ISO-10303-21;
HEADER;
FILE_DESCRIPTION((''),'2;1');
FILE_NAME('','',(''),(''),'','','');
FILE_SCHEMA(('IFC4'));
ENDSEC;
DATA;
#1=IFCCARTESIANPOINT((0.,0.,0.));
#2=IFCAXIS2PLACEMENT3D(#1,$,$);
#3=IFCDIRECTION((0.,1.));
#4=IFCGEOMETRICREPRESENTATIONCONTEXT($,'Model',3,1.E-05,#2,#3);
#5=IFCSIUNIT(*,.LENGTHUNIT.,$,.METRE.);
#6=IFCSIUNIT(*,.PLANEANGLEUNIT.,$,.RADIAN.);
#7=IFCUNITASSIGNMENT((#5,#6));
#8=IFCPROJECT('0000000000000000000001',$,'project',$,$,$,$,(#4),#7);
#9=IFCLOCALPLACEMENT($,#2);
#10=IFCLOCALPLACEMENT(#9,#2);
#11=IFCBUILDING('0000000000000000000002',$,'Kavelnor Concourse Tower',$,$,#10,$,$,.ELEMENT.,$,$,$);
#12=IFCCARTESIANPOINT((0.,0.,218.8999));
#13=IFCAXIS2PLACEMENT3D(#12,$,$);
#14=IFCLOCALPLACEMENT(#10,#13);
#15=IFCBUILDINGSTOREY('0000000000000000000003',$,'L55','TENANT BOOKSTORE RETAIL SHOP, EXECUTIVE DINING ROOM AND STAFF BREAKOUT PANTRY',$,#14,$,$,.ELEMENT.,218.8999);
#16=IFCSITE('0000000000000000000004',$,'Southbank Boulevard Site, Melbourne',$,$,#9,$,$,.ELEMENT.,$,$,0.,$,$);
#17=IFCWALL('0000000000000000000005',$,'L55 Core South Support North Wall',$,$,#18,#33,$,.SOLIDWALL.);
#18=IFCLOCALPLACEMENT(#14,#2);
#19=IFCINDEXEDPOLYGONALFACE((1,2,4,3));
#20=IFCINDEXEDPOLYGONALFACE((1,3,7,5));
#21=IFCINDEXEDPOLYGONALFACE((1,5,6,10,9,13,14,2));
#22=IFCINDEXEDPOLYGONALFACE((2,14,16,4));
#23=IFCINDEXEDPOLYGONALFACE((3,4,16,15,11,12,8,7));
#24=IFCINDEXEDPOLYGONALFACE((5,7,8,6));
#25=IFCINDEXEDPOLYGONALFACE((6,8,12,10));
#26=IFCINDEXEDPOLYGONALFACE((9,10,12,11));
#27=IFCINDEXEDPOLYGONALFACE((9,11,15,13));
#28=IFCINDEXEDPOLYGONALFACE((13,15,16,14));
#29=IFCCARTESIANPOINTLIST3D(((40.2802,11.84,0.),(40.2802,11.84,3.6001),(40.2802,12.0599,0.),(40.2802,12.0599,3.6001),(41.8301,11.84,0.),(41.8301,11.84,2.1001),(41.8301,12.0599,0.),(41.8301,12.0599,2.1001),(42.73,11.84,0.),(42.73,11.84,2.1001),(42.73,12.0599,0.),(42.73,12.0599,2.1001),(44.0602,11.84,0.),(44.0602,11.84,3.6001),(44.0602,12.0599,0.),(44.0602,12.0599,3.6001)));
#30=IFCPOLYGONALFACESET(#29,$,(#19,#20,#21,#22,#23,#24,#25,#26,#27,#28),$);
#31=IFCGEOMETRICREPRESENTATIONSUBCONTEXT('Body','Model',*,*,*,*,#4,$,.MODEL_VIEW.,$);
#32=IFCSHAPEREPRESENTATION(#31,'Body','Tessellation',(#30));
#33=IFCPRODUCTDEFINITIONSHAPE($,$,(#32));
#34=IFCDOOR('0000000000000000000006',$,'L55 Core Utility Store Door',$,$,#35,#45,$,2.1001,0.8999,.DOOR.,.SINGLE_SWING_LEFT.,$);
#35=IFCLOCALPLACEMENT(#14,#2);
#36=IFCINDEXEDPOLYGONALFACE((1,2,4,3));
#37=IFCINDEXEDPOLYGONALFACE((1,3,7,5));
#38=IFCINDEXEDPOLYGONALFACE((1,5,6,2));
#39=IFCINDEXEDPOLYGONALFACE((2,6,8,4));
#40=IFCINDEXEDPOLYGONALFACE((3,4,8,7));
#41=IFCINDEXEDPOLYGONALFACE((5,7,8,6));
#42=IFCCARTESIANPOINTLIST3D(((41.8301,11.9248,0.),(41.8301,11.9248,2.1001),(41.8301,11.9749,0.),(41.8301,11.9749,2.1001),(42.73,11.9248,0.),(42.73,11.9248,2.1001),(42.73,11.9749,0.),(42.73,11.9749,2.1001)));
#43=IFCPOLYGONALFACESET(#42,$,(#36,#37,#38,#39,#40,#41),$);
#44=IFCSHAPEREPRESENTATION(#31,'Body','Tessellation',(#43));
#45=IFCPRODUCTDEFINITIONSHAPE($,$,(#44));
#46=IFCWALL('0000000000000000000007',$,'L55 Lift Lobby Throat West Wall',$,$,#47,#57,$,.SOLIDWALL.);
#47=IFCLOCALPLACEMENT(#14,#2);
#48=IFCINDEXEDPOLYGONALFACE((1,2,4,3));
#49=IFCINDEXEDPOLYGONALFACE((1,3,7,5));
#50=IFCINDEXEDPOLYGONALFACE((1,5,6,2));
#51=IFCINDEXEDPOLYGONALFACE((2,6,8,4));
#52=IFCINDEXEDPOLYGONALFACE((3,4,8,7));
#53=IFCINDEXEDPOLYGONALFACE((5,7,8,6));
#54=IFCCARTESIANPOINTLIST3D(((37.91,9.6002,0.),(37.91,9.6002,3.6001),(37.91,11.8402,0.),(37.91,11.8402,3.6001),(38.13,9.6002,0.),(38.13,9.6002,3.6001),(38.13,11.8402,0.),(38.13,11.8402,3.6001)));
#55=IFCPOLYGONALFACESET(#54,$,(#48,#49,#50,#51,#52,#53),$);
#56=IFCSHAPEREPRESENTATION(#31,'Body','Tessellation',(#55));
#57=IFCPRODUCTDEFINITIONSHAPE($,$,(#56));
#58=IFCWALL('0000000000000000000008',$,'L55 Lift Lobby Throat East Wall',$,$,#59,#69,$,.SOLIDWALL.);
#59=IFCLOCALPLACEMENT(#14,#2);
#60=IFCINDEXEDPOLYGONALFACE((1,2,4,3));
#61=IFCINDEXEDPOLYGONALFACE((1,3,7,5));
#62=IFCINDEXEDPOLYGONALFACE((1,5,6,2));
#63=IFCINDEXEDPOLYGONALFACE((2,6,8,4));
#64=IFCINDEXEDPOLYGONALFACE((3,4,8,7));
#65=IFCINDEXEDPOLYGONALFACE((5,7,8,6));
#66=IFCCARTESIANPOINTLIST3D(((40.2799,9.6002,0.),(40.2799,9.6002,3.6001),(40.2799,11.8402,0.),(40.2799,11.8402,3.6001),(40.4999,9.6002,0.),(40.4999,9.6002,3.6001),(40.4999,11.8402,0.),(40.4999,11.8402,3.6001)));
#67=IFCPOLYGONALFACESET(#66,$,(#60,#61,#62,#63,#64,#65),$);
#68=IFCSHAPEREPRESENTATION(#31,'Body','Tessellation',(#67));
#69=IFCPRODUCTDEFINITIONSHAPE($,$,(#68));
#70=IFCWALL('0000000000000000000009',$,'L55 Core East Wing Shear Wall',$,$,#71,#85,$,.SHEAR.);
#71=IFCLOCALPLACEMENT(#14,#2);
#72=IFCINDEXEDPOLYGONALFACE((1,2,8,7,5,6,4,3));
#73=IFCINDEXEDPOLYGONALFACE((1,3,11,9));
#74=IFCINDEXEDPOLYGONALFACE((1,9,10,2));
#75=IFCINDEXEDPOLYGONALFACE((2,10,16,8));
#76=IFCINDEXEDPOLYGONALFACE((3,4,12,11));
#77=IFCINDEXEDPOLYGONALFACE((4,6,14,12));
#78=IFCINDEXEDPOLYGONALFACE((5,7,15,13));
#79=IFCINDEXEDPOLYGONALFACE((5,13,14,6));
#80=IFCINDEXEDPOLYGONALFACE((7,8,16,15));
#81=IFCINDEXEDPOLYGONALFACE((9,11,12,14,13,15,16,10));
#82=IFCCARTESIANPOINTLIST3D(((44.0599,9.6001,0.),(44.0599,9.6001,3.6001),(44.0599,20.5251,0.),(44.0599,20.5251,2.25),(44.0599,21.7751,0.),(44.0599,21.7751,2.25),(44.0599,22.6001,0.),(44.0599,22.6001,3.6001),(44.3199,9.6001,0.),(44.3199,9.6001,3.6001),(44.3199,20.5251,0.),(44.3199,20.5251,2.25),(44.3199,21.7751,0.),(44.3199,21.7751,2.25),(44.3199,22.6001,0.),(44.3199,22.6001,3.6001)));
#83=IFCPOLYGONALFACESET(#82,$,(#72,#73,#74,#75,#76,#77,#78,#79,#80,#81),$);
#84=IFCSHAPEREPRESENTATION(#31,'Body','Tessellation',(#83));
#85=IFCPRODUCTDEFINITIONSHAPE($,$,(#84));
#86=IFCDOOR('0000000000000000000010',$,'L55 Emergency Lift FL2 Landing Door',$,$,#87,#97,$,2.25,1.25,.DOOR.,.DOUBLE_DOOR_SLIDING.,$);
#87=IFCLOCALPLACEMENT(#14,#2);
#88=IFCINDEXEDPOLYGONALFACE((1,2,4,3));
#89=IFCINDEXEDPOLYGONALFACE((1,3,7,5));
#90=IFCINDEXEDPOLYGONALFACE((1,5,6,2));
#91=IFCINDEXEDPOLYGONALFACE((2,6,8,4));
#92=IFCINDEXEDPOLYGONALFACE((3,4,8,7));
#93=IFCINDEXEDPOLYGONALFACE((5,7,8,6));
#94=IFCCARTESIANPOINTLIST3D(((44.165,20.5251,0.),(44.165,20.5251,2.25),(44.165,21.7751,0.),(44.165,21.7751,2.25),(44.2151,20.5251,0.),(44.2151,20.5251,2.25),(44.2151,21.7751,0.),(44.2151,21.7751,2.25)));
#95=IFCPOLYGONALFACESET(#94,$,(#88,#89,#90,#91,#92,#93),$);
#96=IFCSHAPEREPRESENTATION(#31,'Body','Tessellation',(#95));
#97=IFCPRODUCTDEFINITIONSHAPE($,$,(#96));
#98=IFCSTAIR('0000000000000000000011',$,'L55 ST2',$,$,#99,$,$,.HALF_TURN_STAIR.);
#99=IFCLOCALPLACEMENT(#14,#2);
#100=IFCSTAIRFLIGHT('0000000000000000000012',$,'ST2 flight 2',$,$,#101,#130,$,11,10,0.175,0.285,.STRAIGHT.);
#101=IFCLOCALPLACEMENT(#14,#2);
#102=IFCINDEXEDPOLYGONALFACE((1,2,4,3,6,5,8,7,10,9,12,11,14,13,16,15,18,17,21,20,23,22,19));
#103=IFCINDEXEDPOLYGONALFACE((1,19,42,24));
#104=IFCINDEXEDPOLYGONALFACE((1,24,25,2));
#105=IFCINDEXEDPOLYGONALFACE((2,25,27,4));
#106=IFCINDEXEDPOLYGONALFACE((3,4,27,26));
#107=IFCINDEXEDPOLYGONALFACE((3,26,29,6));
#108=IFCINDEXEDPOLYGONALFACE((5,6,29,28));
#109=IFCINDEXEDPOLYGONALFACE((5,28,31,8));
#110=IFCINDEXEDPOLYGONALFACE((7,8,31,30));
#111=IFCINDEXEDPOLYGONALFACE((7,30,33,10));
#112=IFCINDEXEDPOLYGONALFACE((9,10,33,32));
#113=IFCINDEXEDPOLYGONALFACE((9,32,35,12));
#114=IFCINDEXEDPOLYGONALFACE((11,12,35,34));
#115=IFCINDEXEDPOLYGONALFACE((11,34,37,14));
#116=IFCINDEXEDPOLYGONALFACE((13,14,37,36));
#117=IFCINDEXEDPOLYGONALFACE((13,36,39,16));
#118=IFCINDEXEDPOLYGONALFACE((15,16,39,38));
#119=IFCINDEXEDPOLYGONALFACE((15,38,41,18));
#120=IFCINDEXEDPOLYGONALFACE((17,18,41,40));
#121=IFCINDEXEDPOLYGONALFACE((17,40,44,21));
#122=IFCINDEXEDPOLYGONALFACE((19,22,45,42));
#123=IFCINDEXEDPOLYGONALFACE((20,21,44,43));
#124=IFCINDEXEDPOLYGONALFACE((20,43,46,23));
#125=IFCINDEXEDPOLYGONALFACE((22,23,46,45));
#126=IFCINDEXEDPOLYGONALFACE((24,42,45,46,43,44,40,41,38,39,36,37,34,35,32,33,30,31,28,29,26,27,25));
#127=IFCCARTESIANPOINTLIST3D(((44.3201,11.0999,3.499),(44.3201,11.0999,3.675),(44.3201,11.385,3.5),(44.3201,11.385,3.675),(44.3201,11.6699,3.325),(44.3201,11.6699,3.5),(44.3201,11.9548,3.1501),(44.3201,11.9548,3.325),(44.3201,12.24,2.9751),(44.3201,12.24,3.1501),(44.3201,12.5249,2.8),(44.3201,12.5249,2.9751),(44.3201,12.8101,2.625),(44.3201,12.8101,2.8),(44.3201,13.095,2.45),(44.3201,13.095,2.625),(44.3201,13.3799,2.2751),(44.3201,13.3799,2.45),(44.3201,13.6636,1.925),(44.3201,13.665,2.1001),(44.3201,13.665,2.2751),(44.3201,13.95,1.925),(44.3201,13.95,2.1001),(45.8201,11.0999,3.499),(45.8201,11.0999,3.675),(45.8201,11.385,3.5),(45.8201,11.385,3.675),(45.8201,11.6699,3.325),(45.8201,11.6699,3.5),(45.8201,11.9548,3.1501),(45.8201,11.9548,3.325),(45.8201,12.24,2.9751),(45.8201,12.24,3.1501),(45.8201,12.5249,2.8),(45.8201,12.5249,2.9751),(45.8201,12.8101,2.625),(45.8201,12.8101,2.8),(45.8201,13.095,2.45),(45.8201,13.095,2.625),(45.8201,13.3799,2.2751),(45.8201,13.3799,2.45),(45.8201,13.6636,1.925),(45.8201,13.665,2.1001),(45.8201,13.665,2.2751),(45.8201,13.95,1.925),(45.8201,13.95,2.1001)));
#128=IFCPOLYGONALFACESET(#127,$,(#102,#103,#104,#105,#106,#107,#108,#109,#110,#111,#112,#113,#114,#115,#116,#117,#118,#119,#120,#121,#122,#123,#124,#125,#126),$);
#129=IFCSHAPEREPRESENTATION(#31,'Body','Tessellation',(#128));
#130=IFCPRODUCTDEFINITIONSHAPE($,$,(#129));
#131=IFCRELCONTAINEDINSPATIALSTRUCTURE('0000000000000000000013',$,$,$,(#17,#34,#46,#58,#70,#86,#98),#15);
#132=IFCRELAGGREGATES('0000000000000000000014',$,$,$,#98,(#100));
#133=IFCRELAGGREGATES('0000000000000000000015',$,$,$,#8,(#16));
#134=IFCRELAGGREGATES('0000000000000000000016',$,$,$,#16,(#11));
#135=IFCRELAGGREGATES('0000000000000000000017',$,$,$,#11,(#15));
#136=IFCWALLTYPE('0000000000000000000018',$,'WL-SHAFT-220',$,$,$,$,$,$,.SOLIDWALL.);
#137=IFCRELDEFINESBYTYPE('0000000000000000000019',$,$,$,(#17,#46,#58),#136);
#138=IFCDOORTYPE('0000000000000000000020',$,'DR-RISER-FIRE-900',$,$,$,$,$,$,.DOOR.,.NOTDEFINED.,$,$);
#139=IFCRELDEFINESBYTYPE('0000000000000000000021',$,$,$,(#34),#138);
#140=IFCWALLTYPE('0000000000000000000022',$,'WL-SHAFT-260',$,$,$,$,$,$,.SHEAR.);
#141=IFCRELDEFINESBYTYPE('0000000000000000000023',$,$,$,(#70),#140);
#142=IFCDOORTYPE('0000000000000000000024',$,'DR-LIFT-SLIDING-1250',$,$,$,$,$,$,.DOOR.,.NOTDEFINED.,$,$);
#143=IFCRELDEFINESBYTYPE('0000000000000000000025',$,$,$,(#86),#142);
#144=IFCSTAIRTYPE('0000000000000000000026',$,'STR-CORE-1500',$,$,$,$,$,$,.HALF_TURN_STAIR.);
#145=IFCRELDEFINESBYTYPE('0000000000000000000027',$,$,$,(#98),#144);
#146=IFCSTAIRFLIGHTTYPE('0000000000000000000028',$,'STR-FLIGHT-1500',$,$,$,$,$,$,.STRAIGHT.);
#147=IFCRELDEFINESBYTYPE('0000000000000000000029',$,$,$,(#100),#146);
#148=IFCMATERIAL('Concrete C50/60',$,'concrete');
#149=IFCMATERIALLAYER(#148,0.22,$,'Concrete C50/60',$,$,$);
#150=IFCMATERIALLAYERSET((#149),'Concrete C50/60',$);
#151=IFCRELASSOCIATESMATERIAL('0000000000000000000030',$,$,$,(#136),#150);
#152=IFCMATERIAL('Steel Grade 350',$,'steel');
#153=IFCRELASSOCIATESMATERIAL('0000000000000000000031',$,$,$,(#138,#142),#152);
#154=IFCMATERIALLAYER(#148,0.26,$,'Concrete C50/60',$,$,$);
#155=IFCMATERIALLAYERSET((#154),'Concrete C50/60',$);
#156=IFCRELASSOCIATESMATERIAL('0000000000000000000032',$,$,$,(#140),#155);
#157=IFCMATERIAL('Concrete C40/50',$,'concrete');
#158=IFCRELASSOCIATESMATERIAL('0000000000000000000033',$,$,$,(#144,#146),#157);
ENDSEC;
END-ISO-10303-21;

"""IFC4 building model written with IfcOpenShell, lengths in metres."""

from ifc_helpers import new_model, si_unit, direction, frame, frame_2d, origin, place, context, subcontext, project, spatial, polyline, rectangle, outline, extrude, material, layer, layer_set, type_object, element, fill, aggregate, save


model = new_model("IFC4")

# Units and contexts
model_context = context("Model", 3, precision=1e-05, world=origin(), true_north=direction((0.0, 1.0)))
body_context = subcontext(model_context, "Body", "Model", "MODEL_VIEW")
ifc_project = project(units=[si_unit("LENGTHUNIT", "METRE"), si_unit("PLANEANGLEUNIT", "RADIAN")], contexts=[model_context])

# Site, building, storey
site_placement = place(None, origin())
site = spatial("IfcSite", under=ifc_project, at=site_placement, Name="Southbank Boulevard Site, Melbourne", CompositionType="ELEMENT", RefElevation=0.0)
building_placement = place(site_placement, origin())
building = spatial("IfcBuilding", under=site, at=building_placement, Name="Kavelnor Concourse Tower", CompositionType="ELEMENT")
storey_placement = place(building_placement, frame((0.0, 0.0, 218.8999)))
storey = spatial("IfcBuildingStorey", under=building, at=storey_placement, Name="L55", Description="TENANT BOOKSTORE RETAIL SHOP, EXECUTIVE DINING ROOM AND STAFF BREAKOUT PANTRY", CompositionType="ELEMENT", Elevation=218.8999)

# Shared definitions
ifc_material_1 = material(Name="Steel Grade 350", Category="steel")

# Shared definitions
ifc_material_2 = material(Name="Concrete C50/60", Category="concrete")
ifc_layer_1 = layer(ifc_material_2, 0.22, Name="Concrete C50/60")
ifc_layer_set_1 = layer_set([ifc_layer_1], Name="Concrete C50/60")
wall_type_1 = type_object("IfcWallType", Name="WL-SHAFT-220", PredefinedType="SOLIDWALL", material=ifc_layer_set_1)

# Wall, opening, door
wall_1_placement = place(storey_placement, frame((40.28, 11.95, 0.0), z_axis=(0.0, 0.0, 1.0), x_axis=(1.0, 0.0, 0.0)))
wall_1 = element("IfcWall", 1, at=wall_1_placement, inside=storey, type_object=wall_type_1, Name="L55 Core South Support North Wall", PredefinedType="SOLIDWALL", context=body_context, shape_type="SweptSolid", body=[
    extrude(rectangle(XDim=3.78, YDim=0.22, at=frame_2d((1.8901, 0.0))), origin(), (0.0, 0.0, 1.0), 3.6001),
])
opening_1_placement = place(wall_1_placement, frame((1.55, 0.0, 0.0)))
opening_1 = element("IfcOpeningElement", 2, at=opening_1_placement, cuts=wall_1, PredefinedType="OPENING", context=body_context, shape_type="SweptSolid", body=[
    extrude(rectangle(XDim=0.8999, YDim=2.1001, at=frame_2d((0.45, 1.05))), frame((0.0, 0.1201, 0.0), z_axis=(0.0, -1.0, 0.0), x_axis=(1.0, 0.0, 0.0)), (0.0, 0.0, 1.0), 0.24),
])
door_type_1 = type_object("IfcDoorType", Name="DR-RISER-FIRE-900", OperationType="NOTDEFINED", PredefinedType="DOOR", material=ifc_material_1)
door_1_placement = place(opening_1_placement, origin())
door_1 = element("IfcDoor", 3, at=door_1_placement, inside=storey, type_object=door_type_1, Name="L55 Core Utility Store Door", OperationType="SINGLE_SWING_LEFT", OverallHeight=2.1001, OverallWidth=0.8999, PredefinedType="DOOR", context=body_context, shape_type="SweptSolid", body=[
    extrude(rectangle(XDim=0.8999, YDim=2.1001, at=frame_2d((0.45, 1.05))), frame((0.0, 0.0249, 0.0), z_axis=(0.0, -1.0, 0.0), x_axis=(1.0, 0.0, 0.0)), (0.0, 0.0, 1.0), 0.05),
])
fill(opening_1, door_1)

# Walls
for number, where, z_axis, x_axis, name in (
    (4, (38.02, 9.6001, 0.0), (0.0, 0.0, 1.0), (0.0, 1.0, 0.0), "L55 Lift Lobby Throat West Wall"),
    (5, (40.3899, 9.6001, 0.0), (0.0, 0.0, 1.0), (0.0, 1.0, 0.0), "L55 Lift Lobby Throat East Wall"),
):
    element("IfcWall", number, at=place(storey_placement, frame(where, z_axis=z_axis, x_axis=x_axis)), inside=storey, type_object=wall_type_1, Name=name, PredefinedType="SOLIDWALL", context=body_context, shape_type="SweptSolid", body=[
        extrude(rectangle(XDim=2.24, YDim=0.22, at=frame_2d((1.1201, 0.0))), origin(), (0.0, 0.0, 1.0), 3.6001),
    ])

# Wall, opening, door
ifc_layer_2 = layer(ifc_material_2, 0.26, Name="Concrete C50/60")
ifc_layer_set_2 = layer_set([ifc_layer_2], Name="Concrete C50/60")
wall_type_2 = type_object("IfcWallType", Name="WL-SHAFT-260", PredefinedType="SHEAR", material=ifc_layer_set_2)
wall_2_placement = place(storey_placement, frame((44.1899, 9.6001, 0.0), z_axis=(0.0, 0.0, 1.0), x_axis=(0.0, 1.0, 0.0)))
wall_2 = element("IfcWall", 6, at=wall_2_placement, inside=storey, type_object=wall_type_2, Name="L55 Core East Wing Shear Wall", PredefinedType="SHEAR", context=body_context, shape_type="SweptSolid", body=[
    extrude(rectangle(XDim=13.0, YDim=0.26, at=frame_2d((6.5, 0.0))), origin(), (0.0, 0.0, 1.0), 3.6001),
])
opening_2_placement = place(wall_2_placement, frame((10.925, 0.0, 0.0)))
opening_2 = element("IfcOpeningElement", 7, at=opening_2_placement, cuts=wall_2, PredefinedType="OPENING", context=body_context, shape_type="SweptSolid", body=[
    extrude(rectangle(XDim=1.25, YDim=2.25, at=frame_2d((0.625, 1.125))), frame((0.0, 0.1401, 0.0), z_axis=(0.0, -1.0, 0.0), x_axis=(1.0, 0.0, 0.0)), (0.0, 0.0, 1.0), 0.28),
])
door_type_2 = type_object("IfcDoorType", Name="DR-LIFT-SLIDING-1250", OperationType="NOTDEFINED", PredefinedType="DOOR", material=ifc_material_1)
door_2_placement = place(opening_2_placement, origin())
door_2 = element("IfcDoor", 8, at=door_2_placement, inside=storey, type_object=door_type_2, Name="L55 Emergency Lift FL2 Landing Door", OperationType="DOUBLE_DOOR_SLIDING", OverallHeight=2.25, OverallWidth=1.25, PredefinedType="DOOR", context=body_context, shape_type="SweptSolid", body=[
    extrude(rectangle(XDim=1.25, YDim=2.25, at=frame_2d((0.625, 1.125))), frame((0.0, 0.0249, 0.0), z_axis=(0.0, -1.0, 0.0), x_axis=(1.0, 0.0, 0.0)), (0.0, 0.0, 1.0), 0.05),
])
fill(opening_2, door_2)

# Stair, stair flight
ifc_material_3 = material(Name="Concrete C40/50", Category="concrete")
stair_type = type_object("IfcStairType", Name="STR-CORE-1500", PredefinedType="HALF_TURN_STAIR", material=ifc_material_3)
stair_placement = place(storey_placement, origin())
stair = element("IfcStair", 9, at=stair_placement, inside=storey, type_object=stair_type, Name="L55 ST2", PredefinedType="HALF_TURN_STAIR")
stair_flight_type = type_object("IfcStairFlightType", Name="STR-FLIGHT-1500", PredefinedType="STRAIGHT", material=ifc_material_3)
stair_flight_placement = place(storey_placement, frame((45.0701, 13.95, 1.925), z_axis=(0.0, 0.0, 1.0), x_axis=(0.0, -1.0, 0.0)))
stair_flight = element("IfcStairFlight", 10, at=stair_flight_placement, type_object=stair_flight_type, Name="ST2 flight 2", NumberOfRisers=11, NumberOfTreads=10, PredefinedType="STRAIGHT", RiserHeight=0.175, TreadLength=0.285, context=body_context, shape_type="SweptSolid", body=[
    extrude(outline(polyline([(0.0, 0.0), (0.0, 0.175), (0.2849, 0.175), (0.2849, 0.3501), (0.5701, 0.3501), (0.5701, 0.5249), (0.855, 0.5249), (0.855, 0.7), (1.1399, 0.7), (1.1399, 0.875), (1.425, 0.875), (1.425, 1.05), (1.71, 1.05), (1.71, 1.2251), (1.9951, 1.2251), (1.9951, 1.3999), (2.28, 1.3999), (2.28, 1.575), (2.5649, 1.575), (2.5649, 1.75), (2.8501, 1.75), (2.8501, 1.925), (2.8501, 1.574), (0.2864, 0.0), (0.0, 0.0)])), frame((0.0, 0.75, 0.0), z_axis=(0.0, -1.0, 0.0), x_axis=(1.0, 0.0, 0.0)), (0.0, 0.0, 1.0), 1.5),
])
aggregate(stair, [stair_flight])

save(model, "model.ifc")
